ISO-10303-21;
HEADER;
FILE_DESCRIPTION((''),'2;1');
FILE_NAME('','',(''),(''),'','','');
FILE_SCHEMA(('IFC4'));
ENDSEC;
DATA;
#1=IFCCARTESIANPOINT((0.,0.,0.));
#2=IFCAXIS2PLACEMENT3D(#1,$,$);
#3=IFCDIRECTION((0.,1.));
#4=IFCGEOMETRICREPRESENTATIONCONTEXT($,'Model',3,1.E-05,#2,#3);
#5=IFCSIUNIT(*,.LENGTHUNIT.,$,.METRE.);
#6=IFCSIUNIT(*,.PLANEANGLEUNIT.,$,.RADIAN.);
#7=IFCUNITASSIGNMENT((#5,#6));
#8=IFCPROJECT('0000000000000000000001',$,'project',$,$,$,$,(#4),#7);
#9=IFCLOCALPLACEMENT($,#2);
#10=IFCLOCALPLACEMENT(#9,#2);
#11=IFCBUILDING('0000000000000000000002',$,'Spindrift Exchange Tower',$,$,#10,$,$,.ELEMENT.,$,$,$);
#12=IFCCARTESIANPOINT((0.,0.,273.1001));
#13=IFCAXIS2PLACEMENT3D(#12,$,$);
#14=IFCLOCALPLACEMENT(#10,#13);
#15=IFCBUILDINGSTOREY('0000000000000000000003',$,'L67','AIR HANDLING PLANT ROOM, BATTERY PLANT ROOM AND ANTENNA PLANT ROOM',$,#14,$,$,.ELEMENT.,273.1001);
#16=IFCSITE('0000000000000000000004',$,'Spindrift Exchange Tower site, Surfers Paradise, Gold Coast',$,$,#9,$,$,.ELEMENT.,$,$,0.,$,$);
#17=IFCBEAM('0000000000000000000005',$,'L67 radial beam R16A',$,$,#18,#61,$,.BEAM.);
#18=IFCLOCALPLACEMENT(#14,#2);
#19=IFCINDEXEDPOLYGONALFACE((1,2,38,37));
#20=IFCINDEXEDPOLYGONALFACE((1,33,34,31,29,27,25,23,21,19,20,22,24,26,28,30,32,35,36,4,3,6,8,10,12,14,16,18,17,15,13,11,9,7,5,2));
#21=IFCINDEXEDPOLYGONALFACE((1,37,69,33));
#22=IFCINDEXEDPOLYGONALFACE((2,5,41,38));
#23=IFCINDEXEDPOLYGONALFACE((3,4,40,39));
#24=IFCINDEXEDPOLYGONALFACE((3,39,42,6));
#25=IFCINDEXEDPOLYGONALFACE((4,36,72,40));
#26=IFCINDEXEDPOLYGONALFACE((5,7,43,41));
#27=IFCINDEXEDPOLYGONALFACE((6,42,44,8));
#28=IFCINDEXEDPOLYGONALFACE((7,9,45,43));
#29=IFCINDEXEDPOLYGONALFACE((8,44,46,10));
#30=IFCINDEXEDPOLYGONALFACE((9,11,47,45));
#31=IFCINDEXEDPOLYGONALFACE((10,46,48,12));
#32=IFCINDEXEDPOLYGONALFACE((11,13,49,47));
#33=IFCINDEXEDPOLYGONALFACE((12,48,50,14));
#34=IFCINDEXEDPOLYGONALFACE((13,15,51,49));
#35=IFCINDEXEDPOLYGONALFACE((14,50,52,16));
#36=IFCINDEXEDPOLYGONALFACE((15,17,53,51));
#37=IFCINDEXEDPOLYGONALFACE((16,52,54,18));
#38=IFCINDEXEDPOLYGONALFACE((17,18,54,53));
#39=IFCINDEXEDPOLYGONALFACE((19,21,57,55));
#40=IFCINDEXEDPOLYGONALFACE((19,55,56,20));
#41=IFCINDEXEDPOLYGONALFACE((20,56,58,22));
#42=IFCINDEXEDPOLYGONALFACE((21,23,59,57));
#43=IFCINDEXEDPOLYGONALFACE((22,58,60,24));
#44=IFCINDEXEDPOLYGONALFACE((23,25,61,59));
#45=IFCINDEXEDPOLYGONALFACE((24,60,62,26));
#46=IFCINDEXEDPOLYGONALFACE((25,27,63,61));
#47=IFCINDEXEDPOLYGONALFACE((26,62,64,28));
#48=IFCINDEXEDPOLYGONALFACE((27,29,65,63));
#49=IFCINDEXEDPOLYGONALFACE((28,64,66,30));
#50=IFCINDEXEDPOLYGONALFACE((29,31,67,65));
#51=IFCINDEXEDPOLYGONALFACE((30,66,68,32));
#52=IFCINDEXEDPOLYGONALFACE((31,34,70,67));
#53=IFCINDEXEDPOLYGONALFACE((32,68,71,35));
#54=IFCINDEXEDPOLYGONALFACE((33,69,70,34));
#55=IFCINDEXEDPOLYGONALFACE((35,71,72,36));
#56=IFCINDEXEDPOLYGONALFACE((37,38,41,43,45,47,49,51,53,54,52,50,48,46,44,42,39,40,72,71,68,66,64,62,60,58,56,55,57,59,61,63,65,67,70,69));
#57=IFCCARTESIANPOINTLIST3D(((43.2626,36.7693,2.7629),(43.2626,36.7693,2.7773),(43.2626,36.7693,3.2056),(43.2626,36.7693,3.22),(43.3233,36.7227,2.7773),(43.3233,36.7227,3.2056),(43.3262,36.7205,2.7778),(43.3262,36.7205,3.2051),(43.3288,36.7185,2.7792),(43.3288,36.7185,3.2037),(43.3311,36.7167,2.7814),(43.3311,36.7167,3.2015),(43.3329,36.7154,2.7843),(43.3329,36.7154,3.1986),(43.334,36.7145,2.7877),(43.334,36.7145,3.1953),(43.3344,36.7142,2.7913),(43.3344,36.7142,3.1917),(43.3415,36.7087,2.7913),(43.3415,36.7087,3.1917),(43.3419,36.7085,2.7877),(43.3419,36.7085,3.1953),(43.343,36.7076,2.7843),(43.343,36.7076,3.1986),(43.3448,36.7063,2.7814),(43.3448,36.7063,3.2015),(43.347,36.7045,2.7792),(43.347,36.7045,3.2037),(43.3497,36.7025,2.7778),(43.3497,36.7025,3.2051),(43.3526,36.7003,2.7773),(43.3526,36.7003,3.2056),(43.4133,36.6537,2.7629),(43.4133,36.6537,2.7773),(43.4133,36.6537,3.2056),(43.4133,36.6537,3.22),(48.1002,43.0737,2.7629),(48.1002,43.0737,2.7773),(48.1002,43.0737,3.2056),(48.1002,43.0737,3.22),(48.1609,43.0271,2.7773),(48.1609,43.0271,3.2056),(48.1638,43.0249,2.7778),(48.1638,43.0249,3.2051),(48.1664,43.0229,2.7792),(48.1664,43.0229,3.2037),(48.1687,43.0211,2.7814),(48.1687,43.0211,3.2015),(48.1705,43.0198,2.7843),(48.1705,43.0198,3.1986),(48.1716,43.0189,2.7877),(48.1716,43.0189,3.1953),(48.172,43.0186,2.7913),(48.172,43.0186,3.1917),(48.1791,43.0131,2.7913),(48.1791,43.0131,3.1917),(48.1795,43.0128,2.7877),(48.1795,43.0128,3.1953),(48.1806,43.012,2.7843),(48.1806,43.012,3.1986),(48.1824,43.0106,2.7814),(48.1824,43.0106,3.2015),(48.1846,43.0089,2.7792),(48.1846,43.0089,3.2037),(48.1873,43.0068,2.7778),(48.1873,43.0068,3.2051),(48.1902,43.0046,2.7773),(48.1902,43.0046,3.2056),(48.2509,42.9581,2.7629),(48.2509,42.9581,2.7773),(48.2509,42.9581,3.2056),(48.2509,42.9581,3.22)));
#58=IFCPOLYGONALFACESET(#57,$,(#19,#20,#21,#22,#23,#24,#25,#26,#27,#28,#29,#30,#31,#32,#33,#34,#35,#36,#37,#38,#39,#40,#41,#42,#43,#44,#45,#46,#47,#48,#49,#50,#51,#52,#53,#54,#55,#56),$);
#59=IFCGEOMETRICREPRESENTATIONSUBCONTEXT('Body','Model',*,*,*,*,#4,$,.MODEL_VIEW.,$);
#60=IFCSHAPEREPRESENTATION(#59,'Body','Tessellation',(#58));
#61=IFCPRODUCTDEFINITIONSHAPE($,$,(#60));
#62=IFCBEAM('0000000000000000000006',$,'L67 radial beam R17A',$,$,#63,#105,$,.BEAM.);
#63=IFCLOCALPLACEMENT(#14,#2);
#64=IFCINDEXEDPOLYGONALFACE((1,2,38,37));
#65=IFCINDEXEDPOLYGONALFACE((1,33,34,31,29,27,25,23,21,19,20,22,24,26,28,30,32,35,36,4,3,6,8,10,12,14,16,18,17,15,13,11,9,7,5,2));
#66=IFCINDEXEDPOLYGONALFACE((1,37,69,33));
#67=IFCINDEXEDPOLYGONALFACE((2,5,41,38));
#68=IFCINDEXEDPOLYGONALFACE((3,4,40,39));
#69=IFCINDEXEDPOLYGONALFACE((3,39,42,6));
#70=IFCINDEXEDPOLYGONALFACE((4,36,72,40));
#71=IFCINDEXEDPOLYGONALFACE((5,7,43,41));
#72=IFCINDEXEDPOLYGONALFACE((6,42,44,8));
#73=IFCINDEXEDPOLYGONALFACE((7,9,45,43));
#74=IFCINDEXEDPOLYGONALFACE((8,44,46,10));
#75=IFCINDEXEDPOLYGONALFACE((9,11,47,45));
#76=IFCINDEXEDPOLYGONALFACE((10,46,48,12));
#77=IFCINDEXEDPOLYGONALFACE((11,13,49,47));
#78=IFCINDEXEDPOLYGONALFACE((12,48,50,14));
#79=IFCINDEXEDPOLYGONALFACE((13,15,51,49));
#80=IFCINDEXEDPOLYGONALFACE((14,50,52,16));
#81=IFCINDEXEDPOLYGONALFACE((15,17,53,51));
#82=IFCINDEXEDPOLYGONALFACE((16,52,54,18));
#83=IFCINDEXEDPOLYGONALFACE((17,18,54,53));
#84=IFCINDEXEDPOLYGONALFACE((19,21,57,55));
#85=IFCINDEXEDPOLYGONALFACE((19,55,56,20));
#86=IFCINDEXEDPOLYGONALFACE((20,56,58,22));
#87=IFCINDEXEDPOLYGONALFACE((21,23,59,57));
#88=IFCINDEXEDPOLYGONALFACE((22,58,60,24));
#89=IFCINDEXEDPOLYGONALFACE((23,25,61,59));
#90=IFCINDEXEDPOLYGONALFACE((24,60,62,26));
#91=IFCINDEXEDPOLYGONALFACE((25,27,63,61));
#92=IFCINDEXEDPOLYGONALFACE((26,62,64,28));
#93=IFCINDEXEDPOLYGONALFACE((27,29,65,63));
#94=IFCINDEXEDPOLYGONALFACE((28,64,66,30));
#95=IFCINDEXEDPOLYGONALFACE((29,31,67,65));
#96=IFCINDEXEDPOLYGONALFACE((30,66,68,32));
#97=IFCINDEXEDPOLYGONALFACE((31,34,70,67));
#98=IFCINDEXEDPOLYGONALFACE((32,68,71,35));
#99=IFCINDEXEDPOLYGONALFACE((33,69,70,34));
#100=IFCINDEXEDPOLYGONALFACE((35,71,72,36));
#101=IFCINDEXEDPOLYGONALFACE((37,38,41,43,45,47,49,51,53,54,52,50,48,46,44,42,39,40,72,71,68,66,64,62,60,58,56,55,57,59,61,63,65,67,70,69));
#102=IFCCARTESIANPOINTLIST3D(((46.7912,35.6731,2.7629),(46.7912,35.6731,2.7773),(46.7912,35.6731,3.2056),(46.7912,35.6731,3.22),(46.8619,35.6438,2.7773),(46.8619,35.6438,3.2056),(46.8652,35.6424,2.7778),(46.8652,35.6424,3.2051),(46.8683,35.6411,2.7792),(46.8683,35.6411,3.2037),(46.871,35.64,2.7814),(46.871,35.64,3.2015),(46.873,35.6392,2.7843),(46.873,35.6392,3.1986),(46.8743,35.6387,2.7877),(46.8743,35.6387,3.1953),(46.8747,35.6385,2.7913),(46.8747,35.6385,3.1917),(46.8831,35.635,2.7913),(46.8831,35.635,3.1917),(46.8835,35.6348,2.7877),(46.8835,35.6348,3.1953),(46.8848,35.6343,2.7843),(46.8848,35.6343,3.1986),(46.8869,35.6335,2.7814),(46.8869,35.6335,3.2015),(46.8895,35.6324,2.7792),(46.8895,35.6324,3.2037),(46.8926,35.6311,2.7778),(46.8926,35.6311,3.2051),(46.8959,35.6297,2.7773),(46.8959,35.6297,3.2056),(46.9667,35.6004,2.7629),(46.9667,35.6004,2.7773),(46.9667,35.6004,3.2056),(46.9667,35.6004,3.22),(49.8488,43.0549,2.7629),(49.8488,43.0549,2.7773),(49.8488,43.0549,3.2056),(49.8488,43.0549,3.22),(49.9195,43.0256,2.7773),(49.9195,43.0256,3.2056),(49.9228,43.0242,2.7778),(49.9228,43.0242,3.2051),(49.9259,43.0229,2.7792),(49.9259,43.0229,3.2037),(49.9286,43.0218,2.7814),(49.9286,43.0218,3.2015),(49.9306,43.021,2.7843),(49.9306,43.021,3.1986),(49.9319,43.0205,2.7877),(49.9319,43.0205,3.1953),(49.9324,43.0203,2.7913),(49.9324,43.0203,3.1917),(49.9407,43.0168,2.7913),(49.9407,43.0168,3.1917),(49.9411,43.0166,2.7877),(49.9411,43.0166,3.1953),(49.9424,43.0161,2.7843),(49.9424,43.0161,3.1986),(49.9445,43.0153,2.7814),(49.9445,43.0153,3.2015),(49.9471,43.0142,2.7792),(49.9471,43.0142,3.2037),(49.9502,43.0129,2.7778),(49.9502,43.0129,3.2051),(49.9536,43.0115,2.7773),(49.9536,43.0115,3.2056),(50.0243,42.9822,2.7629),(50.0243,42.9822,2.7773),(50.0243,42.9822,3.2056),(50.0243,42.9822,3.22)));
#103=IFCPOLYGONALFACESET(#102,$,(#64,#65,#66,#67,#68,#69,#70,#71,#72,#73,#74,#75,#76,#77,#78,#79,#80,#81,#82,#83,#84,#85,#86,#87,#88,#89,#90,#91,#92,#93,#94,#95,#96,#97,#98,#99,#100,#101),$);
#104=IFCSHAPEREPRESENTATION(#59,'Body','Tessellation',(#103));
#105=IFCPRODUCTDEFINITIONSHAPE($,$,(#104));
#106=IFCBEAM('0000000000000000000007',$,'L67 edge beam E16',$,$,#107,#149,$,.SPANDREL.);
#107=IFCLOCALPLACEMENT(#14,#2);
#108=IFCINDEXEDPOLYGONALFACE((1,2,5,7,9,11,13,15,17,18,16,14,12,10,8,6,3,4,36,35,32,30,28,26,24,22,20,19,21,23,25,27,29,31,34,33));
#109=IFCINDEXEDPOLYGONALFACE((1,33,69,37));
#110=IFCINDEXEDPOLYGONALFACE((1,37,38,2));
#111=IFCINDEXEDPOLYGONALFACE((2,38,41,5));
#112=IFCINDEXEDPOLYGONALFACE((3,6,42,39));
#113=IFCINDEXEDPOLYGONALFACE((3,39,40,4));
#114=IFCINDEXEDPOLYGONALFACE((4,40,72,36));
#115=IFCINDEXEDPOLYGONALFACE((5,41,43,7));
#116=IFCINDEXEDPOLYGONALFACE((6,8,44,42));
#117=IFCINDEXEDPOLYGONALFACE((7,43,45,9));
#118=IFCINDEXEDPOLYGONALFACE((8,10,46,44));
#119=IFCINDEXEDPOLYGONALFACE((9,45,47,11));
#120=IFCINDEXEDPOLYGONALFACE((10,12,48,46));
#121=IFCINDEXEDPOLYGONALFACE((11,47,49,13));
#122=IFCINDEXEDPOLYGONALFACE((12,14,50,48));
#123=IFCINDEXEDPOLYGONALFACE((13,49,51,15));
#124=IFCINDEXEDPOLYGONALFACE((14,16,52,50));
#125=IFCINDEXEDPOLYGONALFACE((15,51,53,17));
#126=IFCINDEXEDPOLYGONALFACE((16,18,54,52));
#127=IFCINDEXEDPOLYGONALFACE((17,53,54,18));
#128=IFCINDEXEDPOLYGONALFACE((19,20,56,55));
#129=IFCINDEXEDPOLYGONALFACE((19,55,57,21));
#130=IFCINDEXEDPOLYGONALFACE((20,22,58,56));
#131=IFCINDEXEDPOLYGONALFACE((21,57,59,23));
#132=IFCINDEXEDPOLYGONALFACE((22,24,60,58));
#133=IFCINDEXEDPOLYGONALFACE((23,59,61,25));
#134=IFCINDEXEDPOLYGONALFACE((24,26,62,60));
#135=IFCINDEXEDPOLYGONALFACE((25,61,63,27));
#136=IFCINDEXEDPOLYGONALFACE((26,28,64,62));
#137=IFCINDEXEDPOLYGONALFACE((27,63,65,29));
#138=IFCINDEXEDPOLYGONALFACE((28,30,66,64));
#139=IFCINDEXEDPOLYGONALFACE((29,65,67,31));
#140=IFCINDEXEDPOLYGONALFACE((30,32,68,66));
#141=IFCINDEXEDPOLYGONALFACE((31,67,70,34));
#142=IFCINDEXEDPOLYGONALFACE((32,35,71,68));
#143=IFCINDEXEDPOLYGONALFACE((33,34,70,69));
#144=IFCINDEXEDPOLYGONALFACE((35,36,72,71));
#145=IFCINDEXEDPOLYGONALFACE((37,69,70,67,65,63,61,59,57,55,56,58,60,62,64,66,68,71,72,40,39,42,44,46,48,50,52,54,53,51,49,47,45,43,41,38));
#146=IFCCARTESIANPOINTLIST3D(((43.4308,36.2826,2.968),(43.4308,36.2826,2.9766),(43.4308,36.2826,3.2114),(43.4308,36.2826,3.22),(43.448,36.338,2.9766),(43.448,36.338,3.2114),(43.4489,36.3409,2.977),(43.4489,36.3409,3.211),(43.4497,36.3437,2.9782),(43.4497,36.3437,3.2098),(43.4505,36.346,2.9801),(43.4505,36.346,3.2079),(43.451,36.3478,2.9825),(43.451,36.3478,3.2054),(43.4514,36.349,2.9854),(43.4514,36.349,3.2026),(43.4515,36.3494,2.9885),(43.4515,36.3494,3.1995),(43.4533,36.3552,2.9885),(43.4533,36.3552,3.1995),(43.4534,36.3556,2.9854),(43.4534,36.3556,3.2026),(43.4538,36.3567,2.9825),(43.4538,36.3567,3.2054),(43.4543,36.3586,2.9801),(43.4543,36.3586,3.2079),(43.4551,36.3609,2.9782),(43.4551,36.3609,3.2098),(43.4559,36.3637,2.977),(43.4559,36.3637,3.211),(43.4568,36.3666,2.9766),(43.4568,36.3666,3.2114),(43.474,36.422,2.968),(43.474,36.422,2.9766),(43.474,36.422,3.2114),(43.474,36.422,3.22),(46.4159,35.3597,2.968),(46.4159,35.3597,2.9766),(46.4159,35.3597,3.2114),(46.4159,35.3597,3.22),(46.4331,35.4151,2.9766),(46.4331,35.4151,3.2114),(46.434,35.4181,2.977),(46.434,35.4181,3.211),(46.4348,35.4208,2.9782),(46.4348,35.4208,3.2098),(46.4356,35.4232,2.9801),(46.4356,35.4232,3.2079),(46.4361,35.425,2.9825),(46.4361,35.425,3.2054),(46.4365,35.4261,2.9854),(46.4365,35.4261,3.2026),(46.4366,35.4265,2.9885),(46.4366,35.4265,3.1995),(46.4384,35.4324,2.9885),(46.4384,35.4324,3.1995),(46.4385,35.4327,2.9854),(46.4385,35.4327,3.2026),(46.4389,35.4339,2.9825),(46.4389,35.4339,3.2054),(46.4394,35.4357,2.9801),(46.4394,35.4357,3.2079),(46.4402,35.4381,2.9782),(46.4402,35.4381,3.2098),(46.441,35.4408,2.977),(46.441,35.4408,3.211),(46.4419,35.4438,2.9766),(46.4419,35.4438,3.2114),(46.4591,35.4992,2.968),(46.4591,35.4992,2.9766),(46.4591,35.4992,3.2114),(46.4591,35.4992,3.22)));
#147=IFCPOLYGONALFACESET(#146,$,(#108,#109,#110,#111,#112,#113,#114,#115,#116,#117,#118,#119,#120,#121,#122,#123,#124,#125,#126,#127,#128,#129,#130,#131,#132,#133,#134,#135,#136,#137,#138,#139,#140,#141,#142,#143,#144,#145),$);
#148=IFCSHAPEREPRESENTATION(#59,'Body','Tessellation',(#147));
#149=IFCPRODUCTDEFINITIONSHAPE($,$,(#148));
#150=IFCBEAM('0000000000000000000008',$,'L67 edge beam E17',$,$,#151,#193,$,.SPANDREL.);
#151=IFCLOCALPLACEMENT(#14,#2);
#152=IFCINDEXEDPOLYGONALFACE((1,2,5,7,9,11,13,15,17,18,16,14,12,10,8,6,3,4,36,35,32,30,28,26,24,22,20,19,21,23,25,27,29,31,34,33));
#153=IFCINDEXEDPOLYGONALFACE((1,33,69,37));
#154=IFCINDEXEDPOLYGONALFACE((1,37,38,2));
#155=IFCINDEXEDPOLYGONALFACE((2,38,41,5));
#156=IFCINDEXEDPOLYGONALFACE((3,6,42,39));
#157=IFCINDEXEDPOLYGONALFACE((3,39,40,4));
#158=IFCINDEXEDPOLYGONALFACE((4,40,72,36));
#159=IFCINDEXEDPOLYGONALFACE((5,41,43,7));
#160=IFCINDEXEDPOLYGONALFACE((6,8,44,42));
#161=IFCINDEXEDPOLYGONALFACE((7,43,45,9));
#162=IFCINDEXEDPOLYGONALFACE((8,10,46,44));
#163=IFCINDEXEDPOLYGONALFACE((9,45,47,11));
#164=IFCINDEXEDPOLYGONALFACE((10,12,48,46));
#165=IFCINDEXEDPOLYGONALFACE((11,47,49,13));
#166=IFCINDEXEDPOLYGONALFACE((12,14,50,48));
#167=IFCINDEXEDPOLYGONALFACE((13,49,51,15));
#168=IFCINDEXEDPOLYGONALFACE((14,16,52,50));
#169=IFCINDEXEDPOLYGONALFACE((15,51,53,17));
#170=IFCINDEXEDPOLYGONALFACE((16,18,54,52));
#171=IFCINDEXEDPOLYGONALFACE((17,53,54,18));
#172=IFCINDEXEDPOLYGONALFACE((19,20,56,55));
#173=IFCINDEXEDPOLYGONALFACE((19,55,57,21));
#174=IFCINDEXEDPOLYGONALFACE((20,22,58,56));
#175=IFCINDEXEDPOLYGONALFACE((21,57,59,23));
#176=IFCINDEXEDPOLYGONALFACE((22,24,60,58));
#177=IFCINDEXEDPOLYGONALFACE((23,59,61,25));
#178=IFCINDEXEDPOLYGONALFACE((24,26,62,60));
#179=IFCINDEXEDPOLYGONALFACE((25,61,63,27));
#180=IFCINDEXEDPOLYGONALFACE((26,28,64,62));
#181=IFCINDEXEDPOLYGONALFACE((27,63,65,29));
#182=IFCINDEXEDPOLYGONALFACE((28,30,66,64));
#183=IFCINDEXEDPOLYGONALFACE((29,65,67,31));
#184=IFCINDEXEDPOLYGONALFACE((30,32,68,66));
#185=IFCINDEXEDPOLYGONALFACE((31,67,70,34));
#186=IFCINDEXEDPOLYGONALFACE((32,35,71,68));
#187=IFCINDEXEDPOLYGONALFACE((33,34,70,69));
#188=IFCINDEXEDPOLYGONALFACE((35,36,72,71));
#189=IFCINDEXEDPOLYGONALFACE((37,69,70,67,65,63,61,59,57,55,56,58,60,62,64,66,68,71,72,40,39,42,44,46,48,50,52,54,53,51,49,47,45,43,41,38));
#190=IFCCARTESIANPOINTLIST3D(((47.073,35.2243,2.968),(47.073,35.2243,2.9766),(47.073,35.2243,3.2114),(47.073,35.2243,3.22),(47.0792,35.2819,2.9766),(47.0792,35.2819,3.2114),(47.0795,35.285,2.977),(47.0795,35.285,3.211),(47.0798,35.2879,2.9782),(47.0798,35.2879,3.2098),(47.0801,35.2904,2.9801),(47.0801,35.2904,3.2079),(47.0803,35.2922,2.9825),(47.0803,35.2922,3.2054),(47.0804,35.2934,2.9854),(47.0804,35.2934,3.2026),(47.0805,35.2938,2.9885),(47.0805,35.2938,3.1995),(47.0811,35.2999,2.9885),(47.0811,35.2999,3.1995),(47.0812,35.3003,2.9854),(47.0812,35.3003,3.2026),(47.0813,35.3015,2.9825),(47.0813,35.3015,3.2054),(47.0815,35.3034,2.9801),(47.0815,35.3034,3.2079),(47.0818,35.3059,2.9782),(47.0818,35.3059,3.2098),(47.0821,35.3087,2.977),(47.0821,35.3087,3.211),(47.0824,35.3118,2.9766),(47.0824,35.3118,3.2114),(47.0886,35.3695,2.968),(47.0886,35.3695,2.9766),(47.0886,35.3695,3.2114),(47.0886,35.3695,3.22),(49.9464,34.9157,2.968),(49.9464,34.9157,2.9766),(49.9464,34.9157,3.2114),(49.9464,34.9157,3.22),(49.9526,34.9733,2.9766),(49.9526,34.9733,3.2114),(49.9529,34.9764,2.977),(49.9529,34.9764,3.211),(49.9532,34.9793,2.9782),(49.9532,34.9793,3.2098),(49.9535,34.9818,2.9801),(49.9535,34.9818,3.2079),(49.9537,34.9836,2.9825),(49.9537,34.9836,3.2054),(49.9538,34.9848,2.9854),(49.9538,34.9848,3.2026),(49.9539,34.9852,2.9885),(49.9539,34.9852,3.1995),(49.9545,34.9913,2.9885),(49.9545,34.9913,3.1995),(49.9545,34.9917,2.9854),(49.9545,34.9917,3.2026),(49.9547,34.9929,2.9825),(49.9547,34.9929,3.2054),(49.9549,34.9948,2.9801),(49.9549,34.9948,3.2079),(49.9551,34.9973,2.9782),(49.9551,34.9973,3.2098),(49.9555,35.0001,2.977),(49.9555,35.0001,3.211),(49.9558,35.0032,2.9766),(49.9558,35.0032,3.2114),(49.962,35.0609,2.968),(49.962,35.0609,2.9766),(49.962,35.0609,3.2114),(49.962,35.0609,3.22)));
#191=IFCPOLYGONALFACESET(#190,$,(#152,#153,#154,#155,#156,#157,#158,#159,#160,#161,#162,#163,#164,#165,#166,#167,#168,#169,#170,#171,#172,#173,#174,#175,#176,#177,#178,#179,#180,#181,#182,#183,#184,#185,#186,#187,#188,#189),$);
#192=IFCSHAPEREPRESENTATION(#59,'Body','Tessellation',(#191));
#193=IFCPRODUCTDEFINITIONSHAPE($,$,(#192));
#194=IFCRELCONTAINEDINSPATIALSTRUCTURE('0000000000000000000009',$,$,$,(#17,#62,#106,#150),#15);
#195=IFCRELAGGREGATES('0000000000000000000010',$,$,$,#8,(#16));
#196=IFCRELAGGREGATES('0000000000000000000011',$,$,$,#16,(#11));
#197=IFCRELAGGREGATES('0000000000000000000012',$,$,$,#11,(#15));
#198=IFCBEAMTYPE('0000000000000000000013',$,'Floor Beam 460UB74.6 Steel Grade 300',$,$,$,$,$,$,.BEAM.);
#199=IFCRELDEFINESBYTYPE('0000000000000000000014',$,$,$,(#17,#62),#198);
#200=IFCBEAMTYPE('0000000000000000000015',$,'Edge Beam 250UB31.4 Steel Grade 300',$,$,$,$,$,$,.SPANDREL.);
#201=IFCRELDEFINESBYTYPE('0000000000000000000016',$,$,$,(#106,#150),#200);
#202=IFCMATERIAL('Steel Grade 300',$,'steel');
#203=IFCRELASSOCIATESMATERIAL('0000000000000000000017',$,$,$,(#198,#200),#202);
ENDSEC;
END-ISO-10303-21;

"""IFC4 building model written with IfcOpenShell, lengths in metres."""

from ifc_helpers import new_model, si_unit, direction, frame, origin, origin_2d, place, context, subcontext, project, spatial, i_section, extrude, source, transform, mapped, material, material_profile, profile_set, type_object, element, save


model = new_model("IFC4")

# Units and contexts
model_context = context("Model", 3, precision=1e-05, world=origin(), true_north=direction((0.0, 1.0)))
body_context = subcontext(model_context, "Body", "Model", "MODEL_VIEW")
ifc_project = project(units=[si_unit("LENGTHUNIT", "METRE"), si_unit("PLANEANGLEUNIT", "RADIAN")], contexts=[model_context])

# Site, building, storey
site_placement = place(None, origin())
site = spatial("IfcSite", under=ifc_project, at=site_placement, Name="Spindrift Exchange Tower site, Surfers Paradise, Gold Coast", CompositionType="ELEMENT", RefElevation=0.0)
building_placement = place(site_placement, origin())
building = spatial("IfcBuilding", under=site, at=building_placement, Name="Spindrift Exchange Tower", CompositionType="ELEMENT")
storey_placement = place(building_placement, frame((0.0, 0.0, 273.1001)))
storey = spatial("IfcBuildingStorey", under=building, at=storey_placement, Name="L67", Description="AIR HANDLING PLANT ROOM, BATTERY PLANT ROOM AND ANTENNA PLANT ROOM", CompositionType="ELEMENT", Elevation=273.1001)

# Beams
ifc_material_1 = material(Name="Steel Grade 300", Category="steel")
ifc_material_profile_1 = material_profile(ifc_material_1, i_section(OverallWidth=0.1899, OverallDepth=0.457, WebThickness=0.009, FlangeThickness=0.0144, FilletRadius=0.0139, at=origin_2d()), Name="460UB74.6")
ifc_profile_set_1 = profile_set([ifc_material_profile_1], Name="Steel Grade 300")
beam_type_1 = type_object("IfcBeamType", Name="Floor Beam 460UB74.6 Steel Grade 300", PredefinedType="BEAM", material=ifc_profile_set_1)
shared_shape_1 = source(origin(), body_context, "Body", "SweptSolid", [
    extrude(i_section(OverallWidth=0.1899, OverallDepth=0.457, WebThickness=0.009, FlangeThickness=0.0144, FilletRadius=0.0139, at=origin_2d()), origin(), (0.0, 0.0, 1.0), 7.9465),
])
beam_1_placement = place(storey_placement, frame((48.1755, 43.0159, 2.9915), z_axis=(-0.608768, -0.793349, 0.0), x_axis=(0.793349, -0.608768, 0.0)))
element("IfcBeam", 1, at=beam_1_placement, inside=storey, type_object=beam_type_1, Name="L67 radial beam R16A", PredefinedType="BEAM", context=body_context, shape_type="MappedRepresentation", body=[
    mapped(shared_shape_1, transform((0.0, 0.0, 0.0), scale=1.0)),
])
shared_shape_2 = source(origin(), body_context, "Body", "SweptSolid", [
    extrude(i_section(OverallWidth=0.1899, OverallDepth=0.457, WebThickness=0.009, FlangeThickness=0.0144, FilletRadius=0.0139, at=origin_2d()), origin(), (0.0, 0.0, 1.0), 7.99),
])
beam_2_placement = place(storey_placement, frame((49.9365, 43.0186, 2.9915), z_axis=(-0.382679, -0.923881, 0.0), x_axis=(0.923881, -0.382679, 0.0)))
element("IfcBeam", 2, at=beam_2_placement, inside=storey, type_object=beam_type_1, Name="L67 radial beam R17A", PredefinedType="BEAM", context=body_context, shape_type="MappedRepresentation", body=[
    mapped(shared_shape_2, transform((0.0, 0.0, 0.0), scale=1.0)),
])
ifc_material_profile_2 = material_profile(ifc_material_1, i_section(OverallWidth=0.146, OverallDepth=0.252, WebThickness=0.0061, FlangeThickness=0.0085, FilletRadius=0.012, at=origin_2d()), Name="250UB31.4")
ifc_profile_set_2 = profile_set([ifc_material_profile_2], Name="Steel Grade 300")
beam_type_2 = type_object("IfcBeamType", Name="Edge Beam 250UB31.4 Steel Grade 300", PredefinedType="SPANDREL", material=ifc_profile_set_2)
shared_shape_3 = source(origin(), body_context, "Body", "SweptSolid", [
    extrude(i_section(OverallWidth=0.146, OverallDepth=0.252, WebThickness=0.0061, FlangeThickness=0.0085, FilletRadius=0.012, at=origin_2d()), origin(), (0.0, 0.0, 1.0), 3.1245),
])
beam_3_placement = place(storey_placement, frame((43.4524, 36.3523, 3.094), z_axis=(0.955386, -0.295359, 0.0), x_axis=(0.295359, 0.955386, 0.0)))
element("IfcBeam", 3, at=beam_3_placement, inside=storey, type_object=beam_type_2, Name="L67 edge beam E16", PredefinedType="SPANDREL", context=body_context, shape_type="MappedRepresentation", body=[
    mapped(shared_shape_3, transform((0.0, 0.0, 0.0), scale=1.0)),
])
shared_shape_4 = source(origin(), body_context, "Body", "SweptSolid", [
    extrude(i_section(OverallWidth=0.146, OverallDepth=0.252, WebThickness=0.0061, FlangeThickness=0.0085, FilletRadius=0.012, at=origin_2d()), origin(), (0.0, 0.0, 1.0), 2.8899),
])
beam_4_placement = place(storey_placement, frame((47.0808, 35.2969, 3.094), z_axis=(0.994282, -0.106787, 0.0), x_axis=(0.106787, 0.994282, 0.0)))
element("IfcBeam", 4, at=beam_4_placement, inside=storey, type_object=beam_type_2, Name="L67 edge beam E17", PredefinedType="SPANDREL", context=body_context, shape_type="MappedRepresentation", body=[
    mapped(shared_shape_4, transform((0.0, 0.0, 0.0), scale=1.0)),
])

save(model, "model.ifc")
